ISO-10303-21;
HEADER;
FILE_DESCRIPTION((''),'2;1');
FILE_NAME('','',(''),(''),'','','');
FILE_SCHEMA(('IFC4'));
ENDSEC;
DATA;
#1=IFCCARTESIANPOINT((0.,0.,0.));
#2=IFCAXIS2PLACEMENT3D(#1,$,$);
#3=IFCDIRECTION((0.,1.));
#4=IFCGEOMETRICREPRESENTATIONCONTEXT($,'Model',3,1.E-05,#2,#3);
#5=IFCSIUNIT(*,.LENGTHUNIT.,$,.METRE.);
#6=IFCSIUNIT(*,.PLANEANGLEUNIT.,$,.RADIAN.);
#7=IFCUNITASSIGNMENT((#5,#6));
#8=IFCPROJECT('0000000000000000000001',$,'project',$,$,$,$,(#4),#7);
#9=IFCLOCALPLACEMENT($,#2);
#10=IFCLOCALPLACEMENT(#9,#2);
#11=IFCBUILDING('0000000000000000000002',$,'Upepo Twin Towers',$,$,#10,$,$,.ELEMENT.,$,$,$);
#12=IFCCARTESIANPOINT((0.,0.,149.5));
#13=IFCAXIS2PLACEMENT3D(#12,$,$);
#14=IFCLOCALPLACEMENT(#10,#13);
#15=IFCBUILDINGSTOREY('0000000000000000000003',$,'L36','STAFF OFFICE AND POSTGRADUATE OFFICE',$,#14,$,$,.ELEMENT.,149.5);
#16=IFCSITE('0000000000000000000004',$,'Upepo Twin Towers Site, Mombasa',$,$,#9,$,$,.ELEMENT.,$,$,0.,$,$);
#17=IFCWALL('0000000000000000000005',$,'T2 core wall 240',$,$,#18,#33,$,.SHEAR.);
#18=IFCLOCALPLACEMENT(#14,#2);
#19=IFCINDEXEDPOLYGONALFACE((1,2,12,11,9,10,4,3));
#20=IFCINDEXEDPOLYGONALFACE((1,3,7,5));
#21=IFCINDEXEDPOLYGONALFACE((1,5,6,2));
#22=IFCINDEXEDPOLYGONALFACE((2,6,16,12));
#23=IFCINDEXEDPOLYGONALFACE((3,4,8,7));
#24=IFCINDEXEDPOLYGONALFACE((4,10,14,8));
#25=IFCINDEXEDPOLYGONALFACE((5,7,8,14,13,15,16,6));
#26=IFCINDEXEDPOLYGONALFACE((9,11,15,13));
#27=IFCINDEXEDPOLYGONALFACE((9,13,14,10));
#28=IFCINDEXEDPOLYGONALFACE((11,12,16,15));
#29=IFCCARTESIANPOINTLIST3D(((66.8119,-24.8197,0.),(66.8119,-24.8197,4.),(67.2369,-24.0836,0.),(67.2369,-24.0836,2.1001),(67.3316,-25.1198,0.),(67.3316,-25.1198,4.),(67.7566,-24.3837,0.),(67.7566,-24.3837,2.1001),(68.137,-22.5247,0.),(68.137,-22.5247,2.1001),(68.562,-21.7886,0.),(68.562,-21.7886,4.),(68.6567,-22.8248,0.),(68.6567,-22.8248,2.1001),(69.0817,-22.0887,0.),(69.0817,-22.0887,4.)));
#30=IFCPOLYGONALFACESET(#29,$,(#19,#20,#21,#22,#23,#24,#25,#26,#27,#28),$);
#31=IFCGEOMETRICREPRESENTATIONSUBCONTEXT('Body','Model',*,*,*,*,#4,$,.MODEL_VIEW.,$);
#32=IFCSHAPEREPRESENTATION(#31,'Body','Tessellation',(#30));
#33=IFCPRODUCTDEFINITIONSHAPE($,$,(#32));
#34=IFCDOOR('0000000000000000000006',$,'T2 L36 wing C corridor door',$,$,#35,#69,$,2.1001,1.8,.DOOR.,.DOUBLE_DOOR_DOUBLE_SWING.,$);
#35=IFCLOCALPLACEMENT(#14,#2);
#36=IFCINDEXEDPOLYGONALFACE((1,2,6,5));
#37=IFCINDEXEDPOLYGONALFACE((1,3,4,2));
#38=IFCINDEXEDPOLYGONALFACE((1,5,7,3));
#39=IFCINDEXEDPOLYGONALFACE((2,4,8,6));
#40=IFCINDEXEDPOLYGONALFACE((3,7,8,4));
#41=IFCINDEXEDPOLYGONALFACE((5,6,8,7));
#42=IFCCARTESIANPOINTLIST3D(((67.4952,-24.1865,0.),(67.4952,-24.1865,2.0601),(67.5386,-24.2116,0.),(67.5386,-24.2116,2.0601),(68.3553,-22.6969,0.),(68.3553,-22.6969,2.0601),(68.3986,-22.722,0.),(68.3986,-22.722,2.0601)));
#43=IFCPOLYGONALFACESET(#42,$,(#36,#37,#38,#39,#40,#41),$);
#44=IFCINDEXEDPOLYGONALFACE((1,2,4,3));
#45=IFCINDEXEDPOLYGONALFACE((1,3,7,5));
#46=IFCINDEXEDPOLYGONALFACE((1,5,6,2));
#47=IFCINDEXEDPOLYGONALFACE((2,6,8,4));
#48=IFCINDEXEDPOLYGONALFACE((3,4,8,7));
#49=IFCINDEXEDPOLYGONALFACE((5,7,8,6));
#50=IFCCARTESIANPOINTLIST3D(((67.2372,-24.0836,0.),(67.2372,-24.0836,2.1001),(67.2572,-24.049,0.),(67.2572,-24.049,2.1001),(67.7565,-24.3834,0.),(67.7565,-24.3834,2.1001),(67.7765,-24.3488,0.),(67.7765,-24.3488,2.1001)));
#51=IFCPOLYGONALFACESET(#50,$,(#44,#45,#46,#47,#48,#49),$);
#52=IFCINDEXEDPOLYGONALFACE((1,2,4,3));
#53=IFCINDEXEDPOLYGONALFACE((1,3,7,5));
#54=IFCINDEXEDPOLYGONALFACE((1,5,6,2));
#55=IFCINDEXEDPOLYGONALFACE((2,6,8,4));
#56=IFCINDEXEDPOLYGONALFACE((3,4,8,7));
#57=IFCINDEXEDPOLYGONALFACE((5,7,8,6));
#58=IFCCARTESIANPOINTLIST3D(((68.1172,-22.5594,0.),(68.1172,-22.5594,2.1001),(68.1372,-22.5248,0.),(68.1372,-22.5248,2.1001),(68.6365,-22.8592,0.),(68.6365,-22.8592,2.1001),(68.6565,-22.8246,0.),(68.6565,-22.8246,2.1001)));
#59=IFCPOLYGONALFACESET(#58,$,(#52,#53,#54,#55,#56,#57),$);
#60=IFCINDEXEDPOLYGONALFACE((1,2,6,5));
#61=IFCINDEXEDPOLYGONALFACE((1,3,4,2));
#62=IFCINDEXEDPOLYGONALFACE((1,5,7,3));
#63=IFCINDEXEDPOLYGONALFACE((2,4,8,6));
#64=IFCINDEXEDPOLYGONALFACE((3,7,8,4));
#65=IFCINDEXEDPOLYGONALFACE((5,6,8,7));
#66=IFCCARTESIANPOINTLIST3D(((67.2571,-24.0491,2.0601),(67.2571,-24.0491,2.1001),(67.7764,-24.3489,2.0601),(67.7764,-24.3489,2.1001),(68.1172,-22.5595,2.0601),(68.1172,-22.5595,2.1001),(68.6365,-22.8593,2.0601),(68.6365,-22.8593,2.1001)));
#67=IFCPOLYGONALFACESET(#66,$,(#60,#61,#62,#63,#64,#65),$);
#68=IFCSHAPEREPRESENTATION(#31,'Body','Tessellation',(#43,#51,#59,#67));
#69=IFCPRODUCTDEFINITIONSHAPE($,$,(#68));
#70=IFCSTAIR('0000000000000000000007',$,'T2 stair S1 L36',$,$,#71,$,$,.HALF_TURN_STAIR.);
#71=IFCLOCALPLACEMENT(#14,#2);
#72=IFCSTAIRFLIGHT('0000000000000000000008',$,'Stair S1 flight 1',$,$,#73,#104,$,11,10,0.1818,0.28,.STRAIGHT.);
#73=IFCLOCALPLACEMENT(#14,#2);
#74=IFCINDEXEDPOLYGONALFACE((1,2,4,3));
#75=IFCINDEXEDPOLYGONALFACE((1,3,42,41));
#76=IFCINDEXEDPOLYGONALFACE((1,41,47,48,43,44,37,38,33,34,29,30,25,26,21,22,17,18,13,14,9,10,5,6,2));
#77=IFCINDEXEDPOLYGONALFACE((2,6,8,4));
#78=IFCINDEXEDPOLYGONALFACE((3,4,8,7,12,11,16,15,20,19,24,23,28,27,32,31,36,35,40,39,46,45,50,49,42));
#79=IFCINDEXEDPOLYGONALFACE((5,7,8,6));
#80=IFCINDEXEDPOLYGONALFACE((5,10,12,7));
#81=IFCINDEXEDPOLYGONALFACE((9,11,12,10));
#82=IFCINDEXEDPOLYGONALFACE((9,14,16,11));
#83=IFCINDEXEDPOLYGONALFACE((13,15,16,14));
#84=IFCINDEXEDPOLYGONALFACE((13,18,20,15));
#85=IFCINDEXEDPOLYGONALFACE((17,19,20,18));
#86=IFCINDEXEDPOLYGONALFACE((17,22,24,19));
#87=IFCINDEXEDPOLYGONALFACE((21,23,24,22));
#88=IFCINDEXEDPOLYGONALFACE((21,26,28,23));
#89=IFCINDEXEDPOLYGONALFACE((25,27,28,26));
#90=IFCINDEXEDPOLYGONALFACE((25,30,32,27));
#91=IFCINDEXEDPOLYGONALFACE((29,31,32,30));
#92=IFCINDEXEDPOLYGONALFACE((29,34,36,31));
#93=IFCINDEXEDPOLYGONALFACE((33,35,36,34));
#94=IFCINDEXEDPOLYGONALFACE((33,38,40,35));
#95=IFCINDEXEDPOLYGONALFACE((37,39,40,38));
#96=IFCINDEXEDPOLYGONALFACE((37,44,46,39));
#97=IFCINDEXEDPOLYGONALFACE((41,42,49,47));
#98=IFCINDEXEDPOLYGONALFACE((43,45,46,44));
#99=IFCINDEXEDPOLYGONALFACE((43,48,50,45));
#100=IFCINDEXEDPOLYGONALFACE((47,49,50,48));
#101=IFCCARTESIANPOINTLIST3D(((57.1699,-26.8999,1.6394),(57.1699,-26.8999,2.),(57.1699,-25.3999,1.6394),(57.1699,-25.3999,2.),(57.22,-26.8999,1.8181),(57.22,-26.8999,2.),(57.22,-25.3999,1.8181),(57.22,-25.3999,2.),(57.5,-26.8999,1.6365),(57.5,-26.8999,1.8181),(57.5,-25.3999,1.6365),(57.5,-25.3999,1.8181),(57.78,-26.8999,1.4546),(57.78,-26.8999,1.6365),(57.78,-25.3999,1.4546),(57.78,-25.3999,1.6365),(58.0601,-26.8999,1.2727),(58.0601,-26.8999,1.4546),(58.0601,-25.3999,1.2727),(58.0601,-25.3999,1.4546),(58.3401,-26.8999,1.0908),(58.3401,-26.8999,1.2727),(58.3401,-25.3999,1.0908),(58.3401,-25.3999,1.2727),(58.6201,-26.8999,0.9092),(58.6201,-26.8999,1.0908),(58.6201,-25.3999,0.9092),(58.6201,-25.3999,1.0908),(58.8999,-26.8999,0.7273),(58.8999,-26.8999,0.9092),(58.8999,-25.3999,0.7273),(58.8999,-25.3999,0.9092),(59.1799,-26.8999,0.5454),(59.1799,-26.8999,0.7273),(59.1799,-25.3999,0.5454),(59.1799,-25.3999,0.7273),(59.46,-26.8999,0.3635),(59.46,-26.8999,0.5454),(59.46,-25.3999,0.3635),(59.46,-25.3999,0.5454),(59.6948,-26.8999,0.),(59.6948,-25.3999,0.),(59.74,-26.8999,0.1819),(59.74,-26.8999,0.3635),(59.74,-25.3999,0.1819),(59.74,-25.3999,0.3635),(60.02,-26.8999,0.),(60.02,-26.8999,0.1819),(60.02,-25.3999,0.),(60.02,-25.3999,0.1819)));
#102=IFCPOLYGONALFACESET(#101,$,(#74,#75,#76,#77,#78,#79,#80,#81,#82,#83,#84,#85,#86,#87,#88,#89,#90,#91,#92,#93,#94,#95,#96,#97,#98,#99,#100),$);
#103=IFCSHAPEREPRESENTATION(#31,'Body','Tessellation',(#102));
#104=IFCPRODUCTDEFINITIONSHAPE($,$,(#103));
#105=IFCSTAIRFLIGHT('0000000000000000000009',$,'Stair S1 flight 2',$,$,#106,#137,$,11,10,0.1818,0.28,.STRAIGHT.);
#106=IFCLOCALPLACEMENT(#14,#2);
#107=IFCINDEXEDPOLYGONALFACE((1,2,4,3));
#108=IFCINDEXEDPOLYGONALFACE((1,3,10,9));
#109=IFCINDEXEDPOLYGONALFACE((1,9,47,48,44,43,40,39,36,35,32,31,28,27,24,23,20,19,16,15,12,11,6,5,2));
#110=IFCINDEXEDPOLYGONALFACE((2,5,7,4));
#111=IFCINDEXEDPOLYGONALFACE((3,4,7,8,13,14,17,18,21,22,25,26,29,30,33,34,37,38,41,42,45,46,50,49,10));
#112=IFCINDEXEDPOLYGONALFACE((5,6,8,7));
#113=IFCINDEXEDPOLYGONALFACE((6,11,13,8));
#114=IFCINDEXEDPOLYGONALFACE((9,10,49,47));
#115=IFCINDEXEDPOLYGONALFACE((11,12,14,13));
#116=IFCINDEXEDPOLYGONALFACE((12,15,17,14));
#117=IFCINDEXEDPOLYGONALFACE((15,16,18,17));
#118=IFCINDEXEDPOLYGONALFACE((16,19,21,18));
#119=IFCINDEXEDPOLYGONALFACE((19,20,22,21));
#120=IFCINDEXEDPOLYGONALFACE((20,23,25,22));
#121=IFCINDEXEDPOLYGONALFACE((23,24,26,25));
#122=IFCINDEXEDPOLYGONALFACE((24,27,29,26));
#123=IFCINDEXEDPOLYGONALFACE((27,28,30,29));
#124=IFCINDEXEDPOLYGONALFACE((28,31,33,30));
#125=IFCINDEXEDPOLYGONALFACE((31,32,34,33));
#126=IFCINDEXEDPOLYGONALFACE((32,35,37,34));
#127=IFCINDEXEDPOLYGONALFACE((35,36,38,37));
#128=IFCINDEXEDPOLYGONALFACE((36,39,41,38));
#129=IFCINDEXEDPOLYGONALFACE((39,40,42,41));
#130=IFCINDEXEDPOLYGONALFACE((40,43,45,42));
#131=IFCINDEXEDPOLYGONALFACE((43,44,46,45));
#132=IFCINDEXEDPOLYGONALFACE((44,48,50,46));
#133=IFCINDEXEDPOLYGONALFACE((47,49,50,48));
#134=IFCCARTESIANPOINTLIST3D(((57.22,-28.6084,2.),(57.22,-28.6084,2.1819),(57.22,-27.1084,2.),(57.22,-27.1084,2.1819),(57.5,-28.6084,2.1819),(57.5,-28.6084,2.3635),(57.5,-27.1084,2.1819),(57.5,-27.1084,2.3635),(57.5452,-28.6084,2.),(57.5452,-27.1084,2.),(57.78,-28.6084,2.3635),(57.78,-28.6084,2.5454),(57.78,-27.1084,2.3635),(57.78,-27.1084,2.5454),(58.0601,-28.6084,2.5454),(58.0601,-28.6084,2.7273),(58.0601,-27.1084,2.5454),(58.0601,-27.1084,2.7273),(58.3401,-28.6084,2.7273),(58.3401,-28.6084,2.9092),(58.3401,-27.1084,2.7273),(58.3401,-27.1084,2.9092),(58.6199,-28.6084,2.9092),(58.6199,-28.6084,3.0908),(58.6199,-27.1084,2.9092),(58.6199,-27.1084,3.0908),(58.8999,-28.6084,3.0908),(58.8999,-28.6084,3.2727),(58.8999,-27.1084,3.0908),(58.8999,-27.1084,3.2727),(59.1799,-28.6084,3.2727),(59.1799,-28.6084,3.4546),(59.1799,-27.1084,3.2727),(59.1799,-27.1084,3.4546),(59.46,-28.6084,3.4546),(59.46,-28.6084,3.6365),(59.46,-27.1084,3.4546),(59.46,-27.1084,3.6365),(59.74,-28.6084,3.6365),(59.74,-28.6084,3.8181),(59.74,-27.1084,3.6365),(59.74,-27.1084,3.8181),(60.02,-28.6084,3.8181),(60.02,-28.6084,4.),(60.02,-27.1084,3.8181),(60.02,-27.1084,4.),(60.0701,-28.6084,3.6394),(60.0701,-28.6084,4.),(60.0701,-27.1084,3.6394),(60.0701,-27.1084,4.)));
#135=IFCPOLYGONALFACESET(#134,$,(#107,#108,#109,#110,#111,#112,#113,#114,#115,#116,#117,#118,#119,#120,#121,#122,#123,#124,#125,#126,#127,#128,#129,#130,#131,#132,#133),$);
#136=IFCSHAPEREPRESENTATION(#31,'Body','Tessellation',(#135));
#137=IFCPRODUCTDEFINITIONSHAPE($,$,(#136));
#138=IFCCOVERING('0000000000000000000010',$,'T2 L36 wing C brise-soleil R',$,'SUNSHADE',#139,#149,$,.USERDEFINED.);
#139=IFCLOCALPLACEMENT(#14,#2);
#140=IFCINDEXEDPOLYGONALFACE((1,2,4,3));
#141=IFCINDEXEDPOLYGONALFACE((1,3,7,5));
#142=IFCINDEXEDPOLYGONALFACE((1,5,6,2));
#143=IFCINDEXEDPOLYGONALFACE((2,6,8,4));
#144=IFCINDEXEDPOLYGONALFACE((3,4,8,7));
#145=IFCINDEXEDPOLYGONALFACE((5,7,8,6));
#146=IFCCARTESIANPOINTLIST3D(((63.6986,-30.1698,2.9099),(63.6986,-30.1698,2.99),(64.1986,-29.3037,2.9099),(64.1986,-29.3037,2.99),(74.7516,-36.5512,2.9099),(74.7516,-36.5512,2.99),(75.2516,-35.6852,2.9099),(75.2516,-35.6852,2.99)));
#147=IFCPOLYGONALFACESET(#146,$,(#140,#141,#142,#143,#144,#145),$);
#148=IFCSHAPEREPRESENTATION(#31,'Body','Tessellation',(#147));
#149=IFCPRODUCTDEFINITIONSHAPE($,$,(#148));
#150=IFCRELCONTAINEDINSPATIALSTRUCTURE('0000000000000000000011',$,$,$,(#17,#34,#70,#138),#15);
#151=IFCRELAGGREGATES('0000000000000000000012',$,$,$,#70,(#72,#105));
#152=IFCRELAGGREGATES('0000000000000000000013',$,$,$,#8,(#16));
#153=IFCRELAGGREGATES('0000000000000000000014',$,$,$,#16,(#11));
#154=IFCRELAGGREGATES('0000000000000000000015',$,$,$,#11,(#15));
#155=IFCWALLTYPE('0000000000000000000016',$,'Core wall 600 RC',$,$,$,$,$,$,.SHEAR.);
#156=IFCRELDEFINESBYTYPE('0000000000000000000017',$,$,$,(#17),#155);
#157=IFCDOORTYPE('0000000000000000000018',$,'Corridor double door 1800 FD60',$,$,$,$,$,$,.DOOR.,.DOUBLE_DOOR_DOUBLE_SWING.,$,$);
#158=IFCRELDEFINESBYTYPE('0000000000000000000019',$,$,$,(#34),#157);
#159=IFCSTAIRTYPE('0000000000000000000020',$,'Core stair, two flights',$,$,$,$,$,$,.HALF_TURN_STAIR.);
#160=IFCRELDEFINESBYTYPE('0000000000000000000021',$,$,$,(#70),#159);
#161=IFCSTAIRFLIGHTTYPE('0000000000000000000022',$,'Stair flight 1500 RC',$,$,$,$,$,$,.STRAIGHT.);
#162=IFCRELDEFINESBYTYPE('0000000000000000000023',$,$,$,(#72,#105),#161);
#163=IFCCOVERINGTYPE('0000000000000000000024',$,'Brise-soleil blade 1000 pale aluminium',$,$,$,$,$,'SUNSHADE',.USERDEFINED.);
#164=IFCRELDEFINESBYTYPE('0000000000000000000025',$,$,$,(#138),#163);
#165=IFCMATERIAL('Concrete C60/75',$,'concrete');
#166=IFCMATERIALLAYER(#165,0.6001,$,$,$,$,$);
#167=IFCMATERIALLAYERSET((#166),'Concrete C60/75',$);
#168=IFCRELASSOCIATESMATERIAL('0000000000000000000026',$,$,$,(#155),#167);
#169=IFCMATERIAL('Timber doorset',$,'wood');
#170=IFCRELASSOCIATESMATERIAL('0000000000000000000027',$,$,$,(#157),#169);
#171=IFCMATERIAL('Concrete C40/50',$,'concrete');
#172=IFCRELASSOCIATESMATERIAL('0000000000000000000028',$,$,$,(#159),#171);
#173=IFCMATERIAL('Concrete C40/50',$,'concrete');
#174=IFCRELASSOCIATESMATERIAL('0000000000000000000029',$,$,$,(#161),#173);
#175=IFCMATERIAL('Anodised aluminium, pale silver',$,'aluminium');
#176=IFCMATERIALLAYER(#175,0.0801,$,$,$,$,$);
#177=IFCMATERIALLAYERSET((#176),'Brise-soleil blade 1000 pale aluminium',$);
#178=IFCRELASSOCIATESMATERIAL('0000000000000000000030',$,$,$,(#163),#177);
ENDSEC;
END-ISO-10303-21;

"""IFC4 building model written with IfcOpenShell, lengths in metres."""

from ifc_helpers import new_model, si_unit, direction, frame, frame_2d, origin, origin_2d, place, context, subcontext, project, spatial, polyline, rectangle, outline, extrude, material, layer, layer_set, type_object, element, fill, aggregate, save


model = new_model("IFC4")

# Units and contexts
model_context = context("Model", 3, precision=1e-05, world=origin(), true_north=direction((0.0, 1.0)))
body_context = subcontext(model_context, "Body", "Model", "MODEL_VIEW")
ifc_project = project(units=[si_unit("LENGTHUNIT", "METRE"), si_unit("PLANEANGLEUNIT", "RADIAN")], contexts=[model_context])

# Site, building, storey
site_placement = place(None, origin())
site = spatial("IfcSite", under=ifc_project, at=site_placement, Name="Upepo Twin Towers Site, Mombasa", CompositionType="ELEMENT", RefElevation=0.0)
building_placement = place(site_placement, origin())
building = spatial("IfcBuilding", under=site, at=building_placement, Name="Upepo Twin Towers", CompositionType="ELEMENT")
storey_placement = place(building_placement, frame((0.0, 0.0, 149.5)))
storey = spatial("IfcBuildingStorey", under=building, at=storey_placement, Name="L36", Description="STAFF OFFICE AND POSTGRADUATE OFFICE", CompositionType="ELEMENT", Elevation=149.5)

# Shared definitions
ifc_material_1 = material(Name="Concrete C60/75", Category="concrete")
ifc_layer_1 = layer(ifc_material_1, 0.6001)
ifc_layer_set_1 = layer_set([ifc_layer_1], Name="Concrete C60/75")
wall_type_1 = type_object("IfcWallType", Name="Core wall 600 RC", PredefinedType="SHEAR", material=ifc_layer_set_1)

# Wall, opening, door
wall_1_placement = place(storey_placement, frame((67.0718, -24.9697, 0.0), z_axis=(0.0, 0.0, 1.0), x_axis=(0.50001, 0.866019, 0.0)))
wall_1 = element("IfcWall", 1, at=wall_1_placement, inside=storey, type_object=wall_type_1, Name="T2 core wall 240", PredefinedType="SHEAR", context=body_context, shape_type="SweptSolid", body=[
    extrude(rectangle(XDim=3.5, YDim=0.6001, at=frame_2d((1.75, 0.0))), origin(), (0.0, 0.0, 1.0), 4.0),
])
opening_1_placement = place(wall_1_placement, frame((0.8501, 0.0, 0.0)))
opening_1 = element("IfcOpeningElement", 2, at=opening_1_placement, cuts=wall_1, PredefinedType="OPENING", context=body_context, shape_type="SweptSolid", body=[
    extrude(rectangle(XDim=1.8, YDim=2.1001, at=frame_2d((0.8999, 1.05))), frame((0.0, 0.3101, 0.0), z_axis=(0.0, -1.0, 0.0), x_axis=(1.0, 0.0, 0.0)), (0.0, 0.0, 1.0), 0.6201),
])
ifc_material_2 = material(Name="Timber doorset", Category="wood")
door_type_1 = type_object("IfcDoorType", Name="Corridor double door 1800 FD60", OperationType="DOUBLE_DOOR_DOUBLE_SWING", PredefinedType="DOOR", material=ifc_material_2)
door_1_placement = place(opening_1_placement, origin())
door_1 = element("IfcDoor", 3, at=door_1_placement, inside=storey, type_object=door_type_1, Name="T2 L36 wing C corridor door", OperationType="DOUBLE_DOOR_DOUBLE_SWING", OverallHeight=2.1001, OverallWidth=1.8, PredefinedType="DOOR", context=body_context, shape_type="SweptSolid", body=[
    extrude(rectangle(XDim=1.72, YDim=2.0601, at=frame_2d((0.8999, 1.03))), frame((0.0, 0.0249, 0.0), z_axis=(0.0, -1.0, 0.0), x_axis=(1.0, 0.0, 0.0)), (0.0, 0.0, 1.0), 0.05),
    extrude(rectangle(XDim=0.04, YDim=2.1001, at=frame_2d((0.02, 1.05))), frame((0.0, 0.2998, 0.0), z_axis=(0.0, -1.0, 0.0), x_axis=(1.0, 0.0, 0.0)), (0.0, 0.0, 1.0), 0.5996),
    extrude(rectangle(XDim=0.04, YDim=2.1001, at=frame_2d((1.78, 1.05))), frame((0.0, 0.2998, 0.0), z_axis=(0.0, -1.0, 0.0), x_axis=(1.0, 0.0, 0.0)), (0.0, 0.0, 1.0), 0.5996),
    extrude(rectangle(XDim=1.72, YDim=0.04, at=frame_2d((0.8999, 2.0801))), frame((0.0, 0.2998, 0.0), z_axis=(0.0, -1.0, 0.0), x_axis=(1.0, 0.0, 0.0)), (0.0, 0.0, 1.0), 0.5996),
])
fill(opening_1, door_1)

# Stair, stair flights
ifc_material_3 = material(Name="Concrete C40/50", Category="concrete")
stair_type = type_object("IfcStairType", Name="Core stair, two flights", PredefinedType="HALF_TURN_STAIR", material=ifc_material_3)
stair_placement = place(storey_placement, origin())
stair = element("IfcStair", 4, at=stair_placement, inside=storey, type_object=stair_type, Name="T2 stair S1 L36", PredefinedType="HALF_TURN_STAIR")
ifc_material_4 = material(Name="Concrete C40/50", Category="concrete")
stair_flight_type = type_object("IfcStairFlightType", Name="Stair flight 1500 RC", PredefinedType="STRAIGHT", material=ifc_material_4)
stair_flight_1_placement = place(storey_placement, frame((60.02, -26.1499, 0.0), z_axis=(0.0, 0.0, 1.0), x_axis=(-1.0, 0.0, 0.0)))
stair_flight_1 = element("IfcStairFlight", 5, at=stair_flight_1_placement, type_object=stair_flight_type, Name="Stair S1 flight 1", NumberOfRisers=11, NumberOfTreads=10, PredefinedType="STRAIGHT", RiserHeight=0.1818, TreadLength=0.28, context=body_context, shape_type="SweptSolid", body=[
    extrude(outline(polyline([(0.0, 0.0), (0.0, 0.1819), (0.28, 0.1819), (0.28, 0.3635), (0.5601, 0.3635), (0.5601, 0.5454), (0.8401, 0.5454), (0.8401, 0.7273), (1.1201, 0.7273), (1.1201, 0.9092), (1.3999, 0.9092), (1.3999, 1.0908), (1.6799, 1.0908), (1.6799, 1.2727), (1.96, 1.2727), (1.96, 1.4546), (2.24, 1.4546), (2.24, 1.6365), (2.52, 1.6365), (2.52, 1.8181), (2.8, 1.8181), (2.8, 2.0), (2.8501, 2.0), (2.8501, 1.6394), (0.3252, 0.0), (0.0, 0.0)])), frame((0.0, 0.75, 0.0), z_axis=(0.0, -1.0, 0.0), x_axis=(1.0, 0.0, 0.0)), (0.0, 0.0, 1.0), 1.5),
])
stair_flight_2_placement = place(storey_placement, frame((57.22, -27.8584, 2.0), z_axis=(0.0, 0.0, 1.0), x_axis=(1.0, 0.0, 0.0)))
stair_flight_2 = element("IfcStairFlight", 6, at=stair_flight_2_placement, type_object=stair_flight_type, Name="Stair S1 flight 2", NumberOfRisers=11, NumberOfTreads=10, PredefinedType="STRAIGHT", RiserHeight=0.1818, TreadLength=0.28, context=body_context, shape_type="SweptSolid", body=[
    extrude(outline(polyline([(0.0, 0.0), (0.0, 0.1819), (0.28, 0.1819), (0.28, 0.3635), (0.5601, 0.3635), (0.5601, 0.5454), (0.8401, 0.5454), (0.8401, 0.7273), (1.1201, 0.7273), (1.1201, 0.9092), (1.3999, 0.9092), (1.3999, 1.0908), (1.6799, 1.0908), (1.6799, 1.2727), (1.96, 1.2727), (1.96, 1.4546), (2.24, 1.4546), (2.24, 1.6365), (2.52, 1.6365), (2.52, 1.8181), (2.8, 1.8181), (2.8, 2.0), (2.8501, 2.0), (2.8501, 1.6394), (0.3252, 0.0), (0.0, 0.0)])), frame((0.0, 0.75, 0.0), z_axis=(0.0, -1.0, 0.0), x_axis=(1.0, 0.0, 0.0)), (0.0, 0.0, 1.0), 1.5),
])
aggregate(stair, [stair_flight_1, stair_flight_2])

# Covering
ifc_material_5 = material(Name="Anodised aluminium, pale silver", Category="aluminium")
ifc_layer_2 = layer(ifc_material_5, 0.0801)
ifc_layer_set_2 = layer_set([ifc_layer_2], Name="Brise-soleil blade 1000 pale aluminium")
covering_type = type_object("IfcCoveringType", Name="Brise-soleil blade 1000 pale aluminium", ElementType="SUNSHADE", PredefinedType="USERDEFINED", material=ifc_layer_set_2)
covering_placement = place(storey_placement, frame((69.4751, -32.9275, 2.9099), z_axis=(0.0, 0.0, 1.0), x_axis=(0.866025, -0.5, 0.0)))
element("IfcCovering", 7, at=covering_placement, inside=storey, type_object=covering_type, Name="T2 L36 wing C brise-soleil R", ObjectType="SUNSHADE", PredefinedType="USERDEFINED", context=body_context, shape_type="SweptSolid", body=[
    extrude(rectangle(XDim=12.7629, YDim=1.0, at=origin_2d()), origin(), (0.0, 0.0, 1.0), 0.0801),
])

save(model, "model.ifc")
